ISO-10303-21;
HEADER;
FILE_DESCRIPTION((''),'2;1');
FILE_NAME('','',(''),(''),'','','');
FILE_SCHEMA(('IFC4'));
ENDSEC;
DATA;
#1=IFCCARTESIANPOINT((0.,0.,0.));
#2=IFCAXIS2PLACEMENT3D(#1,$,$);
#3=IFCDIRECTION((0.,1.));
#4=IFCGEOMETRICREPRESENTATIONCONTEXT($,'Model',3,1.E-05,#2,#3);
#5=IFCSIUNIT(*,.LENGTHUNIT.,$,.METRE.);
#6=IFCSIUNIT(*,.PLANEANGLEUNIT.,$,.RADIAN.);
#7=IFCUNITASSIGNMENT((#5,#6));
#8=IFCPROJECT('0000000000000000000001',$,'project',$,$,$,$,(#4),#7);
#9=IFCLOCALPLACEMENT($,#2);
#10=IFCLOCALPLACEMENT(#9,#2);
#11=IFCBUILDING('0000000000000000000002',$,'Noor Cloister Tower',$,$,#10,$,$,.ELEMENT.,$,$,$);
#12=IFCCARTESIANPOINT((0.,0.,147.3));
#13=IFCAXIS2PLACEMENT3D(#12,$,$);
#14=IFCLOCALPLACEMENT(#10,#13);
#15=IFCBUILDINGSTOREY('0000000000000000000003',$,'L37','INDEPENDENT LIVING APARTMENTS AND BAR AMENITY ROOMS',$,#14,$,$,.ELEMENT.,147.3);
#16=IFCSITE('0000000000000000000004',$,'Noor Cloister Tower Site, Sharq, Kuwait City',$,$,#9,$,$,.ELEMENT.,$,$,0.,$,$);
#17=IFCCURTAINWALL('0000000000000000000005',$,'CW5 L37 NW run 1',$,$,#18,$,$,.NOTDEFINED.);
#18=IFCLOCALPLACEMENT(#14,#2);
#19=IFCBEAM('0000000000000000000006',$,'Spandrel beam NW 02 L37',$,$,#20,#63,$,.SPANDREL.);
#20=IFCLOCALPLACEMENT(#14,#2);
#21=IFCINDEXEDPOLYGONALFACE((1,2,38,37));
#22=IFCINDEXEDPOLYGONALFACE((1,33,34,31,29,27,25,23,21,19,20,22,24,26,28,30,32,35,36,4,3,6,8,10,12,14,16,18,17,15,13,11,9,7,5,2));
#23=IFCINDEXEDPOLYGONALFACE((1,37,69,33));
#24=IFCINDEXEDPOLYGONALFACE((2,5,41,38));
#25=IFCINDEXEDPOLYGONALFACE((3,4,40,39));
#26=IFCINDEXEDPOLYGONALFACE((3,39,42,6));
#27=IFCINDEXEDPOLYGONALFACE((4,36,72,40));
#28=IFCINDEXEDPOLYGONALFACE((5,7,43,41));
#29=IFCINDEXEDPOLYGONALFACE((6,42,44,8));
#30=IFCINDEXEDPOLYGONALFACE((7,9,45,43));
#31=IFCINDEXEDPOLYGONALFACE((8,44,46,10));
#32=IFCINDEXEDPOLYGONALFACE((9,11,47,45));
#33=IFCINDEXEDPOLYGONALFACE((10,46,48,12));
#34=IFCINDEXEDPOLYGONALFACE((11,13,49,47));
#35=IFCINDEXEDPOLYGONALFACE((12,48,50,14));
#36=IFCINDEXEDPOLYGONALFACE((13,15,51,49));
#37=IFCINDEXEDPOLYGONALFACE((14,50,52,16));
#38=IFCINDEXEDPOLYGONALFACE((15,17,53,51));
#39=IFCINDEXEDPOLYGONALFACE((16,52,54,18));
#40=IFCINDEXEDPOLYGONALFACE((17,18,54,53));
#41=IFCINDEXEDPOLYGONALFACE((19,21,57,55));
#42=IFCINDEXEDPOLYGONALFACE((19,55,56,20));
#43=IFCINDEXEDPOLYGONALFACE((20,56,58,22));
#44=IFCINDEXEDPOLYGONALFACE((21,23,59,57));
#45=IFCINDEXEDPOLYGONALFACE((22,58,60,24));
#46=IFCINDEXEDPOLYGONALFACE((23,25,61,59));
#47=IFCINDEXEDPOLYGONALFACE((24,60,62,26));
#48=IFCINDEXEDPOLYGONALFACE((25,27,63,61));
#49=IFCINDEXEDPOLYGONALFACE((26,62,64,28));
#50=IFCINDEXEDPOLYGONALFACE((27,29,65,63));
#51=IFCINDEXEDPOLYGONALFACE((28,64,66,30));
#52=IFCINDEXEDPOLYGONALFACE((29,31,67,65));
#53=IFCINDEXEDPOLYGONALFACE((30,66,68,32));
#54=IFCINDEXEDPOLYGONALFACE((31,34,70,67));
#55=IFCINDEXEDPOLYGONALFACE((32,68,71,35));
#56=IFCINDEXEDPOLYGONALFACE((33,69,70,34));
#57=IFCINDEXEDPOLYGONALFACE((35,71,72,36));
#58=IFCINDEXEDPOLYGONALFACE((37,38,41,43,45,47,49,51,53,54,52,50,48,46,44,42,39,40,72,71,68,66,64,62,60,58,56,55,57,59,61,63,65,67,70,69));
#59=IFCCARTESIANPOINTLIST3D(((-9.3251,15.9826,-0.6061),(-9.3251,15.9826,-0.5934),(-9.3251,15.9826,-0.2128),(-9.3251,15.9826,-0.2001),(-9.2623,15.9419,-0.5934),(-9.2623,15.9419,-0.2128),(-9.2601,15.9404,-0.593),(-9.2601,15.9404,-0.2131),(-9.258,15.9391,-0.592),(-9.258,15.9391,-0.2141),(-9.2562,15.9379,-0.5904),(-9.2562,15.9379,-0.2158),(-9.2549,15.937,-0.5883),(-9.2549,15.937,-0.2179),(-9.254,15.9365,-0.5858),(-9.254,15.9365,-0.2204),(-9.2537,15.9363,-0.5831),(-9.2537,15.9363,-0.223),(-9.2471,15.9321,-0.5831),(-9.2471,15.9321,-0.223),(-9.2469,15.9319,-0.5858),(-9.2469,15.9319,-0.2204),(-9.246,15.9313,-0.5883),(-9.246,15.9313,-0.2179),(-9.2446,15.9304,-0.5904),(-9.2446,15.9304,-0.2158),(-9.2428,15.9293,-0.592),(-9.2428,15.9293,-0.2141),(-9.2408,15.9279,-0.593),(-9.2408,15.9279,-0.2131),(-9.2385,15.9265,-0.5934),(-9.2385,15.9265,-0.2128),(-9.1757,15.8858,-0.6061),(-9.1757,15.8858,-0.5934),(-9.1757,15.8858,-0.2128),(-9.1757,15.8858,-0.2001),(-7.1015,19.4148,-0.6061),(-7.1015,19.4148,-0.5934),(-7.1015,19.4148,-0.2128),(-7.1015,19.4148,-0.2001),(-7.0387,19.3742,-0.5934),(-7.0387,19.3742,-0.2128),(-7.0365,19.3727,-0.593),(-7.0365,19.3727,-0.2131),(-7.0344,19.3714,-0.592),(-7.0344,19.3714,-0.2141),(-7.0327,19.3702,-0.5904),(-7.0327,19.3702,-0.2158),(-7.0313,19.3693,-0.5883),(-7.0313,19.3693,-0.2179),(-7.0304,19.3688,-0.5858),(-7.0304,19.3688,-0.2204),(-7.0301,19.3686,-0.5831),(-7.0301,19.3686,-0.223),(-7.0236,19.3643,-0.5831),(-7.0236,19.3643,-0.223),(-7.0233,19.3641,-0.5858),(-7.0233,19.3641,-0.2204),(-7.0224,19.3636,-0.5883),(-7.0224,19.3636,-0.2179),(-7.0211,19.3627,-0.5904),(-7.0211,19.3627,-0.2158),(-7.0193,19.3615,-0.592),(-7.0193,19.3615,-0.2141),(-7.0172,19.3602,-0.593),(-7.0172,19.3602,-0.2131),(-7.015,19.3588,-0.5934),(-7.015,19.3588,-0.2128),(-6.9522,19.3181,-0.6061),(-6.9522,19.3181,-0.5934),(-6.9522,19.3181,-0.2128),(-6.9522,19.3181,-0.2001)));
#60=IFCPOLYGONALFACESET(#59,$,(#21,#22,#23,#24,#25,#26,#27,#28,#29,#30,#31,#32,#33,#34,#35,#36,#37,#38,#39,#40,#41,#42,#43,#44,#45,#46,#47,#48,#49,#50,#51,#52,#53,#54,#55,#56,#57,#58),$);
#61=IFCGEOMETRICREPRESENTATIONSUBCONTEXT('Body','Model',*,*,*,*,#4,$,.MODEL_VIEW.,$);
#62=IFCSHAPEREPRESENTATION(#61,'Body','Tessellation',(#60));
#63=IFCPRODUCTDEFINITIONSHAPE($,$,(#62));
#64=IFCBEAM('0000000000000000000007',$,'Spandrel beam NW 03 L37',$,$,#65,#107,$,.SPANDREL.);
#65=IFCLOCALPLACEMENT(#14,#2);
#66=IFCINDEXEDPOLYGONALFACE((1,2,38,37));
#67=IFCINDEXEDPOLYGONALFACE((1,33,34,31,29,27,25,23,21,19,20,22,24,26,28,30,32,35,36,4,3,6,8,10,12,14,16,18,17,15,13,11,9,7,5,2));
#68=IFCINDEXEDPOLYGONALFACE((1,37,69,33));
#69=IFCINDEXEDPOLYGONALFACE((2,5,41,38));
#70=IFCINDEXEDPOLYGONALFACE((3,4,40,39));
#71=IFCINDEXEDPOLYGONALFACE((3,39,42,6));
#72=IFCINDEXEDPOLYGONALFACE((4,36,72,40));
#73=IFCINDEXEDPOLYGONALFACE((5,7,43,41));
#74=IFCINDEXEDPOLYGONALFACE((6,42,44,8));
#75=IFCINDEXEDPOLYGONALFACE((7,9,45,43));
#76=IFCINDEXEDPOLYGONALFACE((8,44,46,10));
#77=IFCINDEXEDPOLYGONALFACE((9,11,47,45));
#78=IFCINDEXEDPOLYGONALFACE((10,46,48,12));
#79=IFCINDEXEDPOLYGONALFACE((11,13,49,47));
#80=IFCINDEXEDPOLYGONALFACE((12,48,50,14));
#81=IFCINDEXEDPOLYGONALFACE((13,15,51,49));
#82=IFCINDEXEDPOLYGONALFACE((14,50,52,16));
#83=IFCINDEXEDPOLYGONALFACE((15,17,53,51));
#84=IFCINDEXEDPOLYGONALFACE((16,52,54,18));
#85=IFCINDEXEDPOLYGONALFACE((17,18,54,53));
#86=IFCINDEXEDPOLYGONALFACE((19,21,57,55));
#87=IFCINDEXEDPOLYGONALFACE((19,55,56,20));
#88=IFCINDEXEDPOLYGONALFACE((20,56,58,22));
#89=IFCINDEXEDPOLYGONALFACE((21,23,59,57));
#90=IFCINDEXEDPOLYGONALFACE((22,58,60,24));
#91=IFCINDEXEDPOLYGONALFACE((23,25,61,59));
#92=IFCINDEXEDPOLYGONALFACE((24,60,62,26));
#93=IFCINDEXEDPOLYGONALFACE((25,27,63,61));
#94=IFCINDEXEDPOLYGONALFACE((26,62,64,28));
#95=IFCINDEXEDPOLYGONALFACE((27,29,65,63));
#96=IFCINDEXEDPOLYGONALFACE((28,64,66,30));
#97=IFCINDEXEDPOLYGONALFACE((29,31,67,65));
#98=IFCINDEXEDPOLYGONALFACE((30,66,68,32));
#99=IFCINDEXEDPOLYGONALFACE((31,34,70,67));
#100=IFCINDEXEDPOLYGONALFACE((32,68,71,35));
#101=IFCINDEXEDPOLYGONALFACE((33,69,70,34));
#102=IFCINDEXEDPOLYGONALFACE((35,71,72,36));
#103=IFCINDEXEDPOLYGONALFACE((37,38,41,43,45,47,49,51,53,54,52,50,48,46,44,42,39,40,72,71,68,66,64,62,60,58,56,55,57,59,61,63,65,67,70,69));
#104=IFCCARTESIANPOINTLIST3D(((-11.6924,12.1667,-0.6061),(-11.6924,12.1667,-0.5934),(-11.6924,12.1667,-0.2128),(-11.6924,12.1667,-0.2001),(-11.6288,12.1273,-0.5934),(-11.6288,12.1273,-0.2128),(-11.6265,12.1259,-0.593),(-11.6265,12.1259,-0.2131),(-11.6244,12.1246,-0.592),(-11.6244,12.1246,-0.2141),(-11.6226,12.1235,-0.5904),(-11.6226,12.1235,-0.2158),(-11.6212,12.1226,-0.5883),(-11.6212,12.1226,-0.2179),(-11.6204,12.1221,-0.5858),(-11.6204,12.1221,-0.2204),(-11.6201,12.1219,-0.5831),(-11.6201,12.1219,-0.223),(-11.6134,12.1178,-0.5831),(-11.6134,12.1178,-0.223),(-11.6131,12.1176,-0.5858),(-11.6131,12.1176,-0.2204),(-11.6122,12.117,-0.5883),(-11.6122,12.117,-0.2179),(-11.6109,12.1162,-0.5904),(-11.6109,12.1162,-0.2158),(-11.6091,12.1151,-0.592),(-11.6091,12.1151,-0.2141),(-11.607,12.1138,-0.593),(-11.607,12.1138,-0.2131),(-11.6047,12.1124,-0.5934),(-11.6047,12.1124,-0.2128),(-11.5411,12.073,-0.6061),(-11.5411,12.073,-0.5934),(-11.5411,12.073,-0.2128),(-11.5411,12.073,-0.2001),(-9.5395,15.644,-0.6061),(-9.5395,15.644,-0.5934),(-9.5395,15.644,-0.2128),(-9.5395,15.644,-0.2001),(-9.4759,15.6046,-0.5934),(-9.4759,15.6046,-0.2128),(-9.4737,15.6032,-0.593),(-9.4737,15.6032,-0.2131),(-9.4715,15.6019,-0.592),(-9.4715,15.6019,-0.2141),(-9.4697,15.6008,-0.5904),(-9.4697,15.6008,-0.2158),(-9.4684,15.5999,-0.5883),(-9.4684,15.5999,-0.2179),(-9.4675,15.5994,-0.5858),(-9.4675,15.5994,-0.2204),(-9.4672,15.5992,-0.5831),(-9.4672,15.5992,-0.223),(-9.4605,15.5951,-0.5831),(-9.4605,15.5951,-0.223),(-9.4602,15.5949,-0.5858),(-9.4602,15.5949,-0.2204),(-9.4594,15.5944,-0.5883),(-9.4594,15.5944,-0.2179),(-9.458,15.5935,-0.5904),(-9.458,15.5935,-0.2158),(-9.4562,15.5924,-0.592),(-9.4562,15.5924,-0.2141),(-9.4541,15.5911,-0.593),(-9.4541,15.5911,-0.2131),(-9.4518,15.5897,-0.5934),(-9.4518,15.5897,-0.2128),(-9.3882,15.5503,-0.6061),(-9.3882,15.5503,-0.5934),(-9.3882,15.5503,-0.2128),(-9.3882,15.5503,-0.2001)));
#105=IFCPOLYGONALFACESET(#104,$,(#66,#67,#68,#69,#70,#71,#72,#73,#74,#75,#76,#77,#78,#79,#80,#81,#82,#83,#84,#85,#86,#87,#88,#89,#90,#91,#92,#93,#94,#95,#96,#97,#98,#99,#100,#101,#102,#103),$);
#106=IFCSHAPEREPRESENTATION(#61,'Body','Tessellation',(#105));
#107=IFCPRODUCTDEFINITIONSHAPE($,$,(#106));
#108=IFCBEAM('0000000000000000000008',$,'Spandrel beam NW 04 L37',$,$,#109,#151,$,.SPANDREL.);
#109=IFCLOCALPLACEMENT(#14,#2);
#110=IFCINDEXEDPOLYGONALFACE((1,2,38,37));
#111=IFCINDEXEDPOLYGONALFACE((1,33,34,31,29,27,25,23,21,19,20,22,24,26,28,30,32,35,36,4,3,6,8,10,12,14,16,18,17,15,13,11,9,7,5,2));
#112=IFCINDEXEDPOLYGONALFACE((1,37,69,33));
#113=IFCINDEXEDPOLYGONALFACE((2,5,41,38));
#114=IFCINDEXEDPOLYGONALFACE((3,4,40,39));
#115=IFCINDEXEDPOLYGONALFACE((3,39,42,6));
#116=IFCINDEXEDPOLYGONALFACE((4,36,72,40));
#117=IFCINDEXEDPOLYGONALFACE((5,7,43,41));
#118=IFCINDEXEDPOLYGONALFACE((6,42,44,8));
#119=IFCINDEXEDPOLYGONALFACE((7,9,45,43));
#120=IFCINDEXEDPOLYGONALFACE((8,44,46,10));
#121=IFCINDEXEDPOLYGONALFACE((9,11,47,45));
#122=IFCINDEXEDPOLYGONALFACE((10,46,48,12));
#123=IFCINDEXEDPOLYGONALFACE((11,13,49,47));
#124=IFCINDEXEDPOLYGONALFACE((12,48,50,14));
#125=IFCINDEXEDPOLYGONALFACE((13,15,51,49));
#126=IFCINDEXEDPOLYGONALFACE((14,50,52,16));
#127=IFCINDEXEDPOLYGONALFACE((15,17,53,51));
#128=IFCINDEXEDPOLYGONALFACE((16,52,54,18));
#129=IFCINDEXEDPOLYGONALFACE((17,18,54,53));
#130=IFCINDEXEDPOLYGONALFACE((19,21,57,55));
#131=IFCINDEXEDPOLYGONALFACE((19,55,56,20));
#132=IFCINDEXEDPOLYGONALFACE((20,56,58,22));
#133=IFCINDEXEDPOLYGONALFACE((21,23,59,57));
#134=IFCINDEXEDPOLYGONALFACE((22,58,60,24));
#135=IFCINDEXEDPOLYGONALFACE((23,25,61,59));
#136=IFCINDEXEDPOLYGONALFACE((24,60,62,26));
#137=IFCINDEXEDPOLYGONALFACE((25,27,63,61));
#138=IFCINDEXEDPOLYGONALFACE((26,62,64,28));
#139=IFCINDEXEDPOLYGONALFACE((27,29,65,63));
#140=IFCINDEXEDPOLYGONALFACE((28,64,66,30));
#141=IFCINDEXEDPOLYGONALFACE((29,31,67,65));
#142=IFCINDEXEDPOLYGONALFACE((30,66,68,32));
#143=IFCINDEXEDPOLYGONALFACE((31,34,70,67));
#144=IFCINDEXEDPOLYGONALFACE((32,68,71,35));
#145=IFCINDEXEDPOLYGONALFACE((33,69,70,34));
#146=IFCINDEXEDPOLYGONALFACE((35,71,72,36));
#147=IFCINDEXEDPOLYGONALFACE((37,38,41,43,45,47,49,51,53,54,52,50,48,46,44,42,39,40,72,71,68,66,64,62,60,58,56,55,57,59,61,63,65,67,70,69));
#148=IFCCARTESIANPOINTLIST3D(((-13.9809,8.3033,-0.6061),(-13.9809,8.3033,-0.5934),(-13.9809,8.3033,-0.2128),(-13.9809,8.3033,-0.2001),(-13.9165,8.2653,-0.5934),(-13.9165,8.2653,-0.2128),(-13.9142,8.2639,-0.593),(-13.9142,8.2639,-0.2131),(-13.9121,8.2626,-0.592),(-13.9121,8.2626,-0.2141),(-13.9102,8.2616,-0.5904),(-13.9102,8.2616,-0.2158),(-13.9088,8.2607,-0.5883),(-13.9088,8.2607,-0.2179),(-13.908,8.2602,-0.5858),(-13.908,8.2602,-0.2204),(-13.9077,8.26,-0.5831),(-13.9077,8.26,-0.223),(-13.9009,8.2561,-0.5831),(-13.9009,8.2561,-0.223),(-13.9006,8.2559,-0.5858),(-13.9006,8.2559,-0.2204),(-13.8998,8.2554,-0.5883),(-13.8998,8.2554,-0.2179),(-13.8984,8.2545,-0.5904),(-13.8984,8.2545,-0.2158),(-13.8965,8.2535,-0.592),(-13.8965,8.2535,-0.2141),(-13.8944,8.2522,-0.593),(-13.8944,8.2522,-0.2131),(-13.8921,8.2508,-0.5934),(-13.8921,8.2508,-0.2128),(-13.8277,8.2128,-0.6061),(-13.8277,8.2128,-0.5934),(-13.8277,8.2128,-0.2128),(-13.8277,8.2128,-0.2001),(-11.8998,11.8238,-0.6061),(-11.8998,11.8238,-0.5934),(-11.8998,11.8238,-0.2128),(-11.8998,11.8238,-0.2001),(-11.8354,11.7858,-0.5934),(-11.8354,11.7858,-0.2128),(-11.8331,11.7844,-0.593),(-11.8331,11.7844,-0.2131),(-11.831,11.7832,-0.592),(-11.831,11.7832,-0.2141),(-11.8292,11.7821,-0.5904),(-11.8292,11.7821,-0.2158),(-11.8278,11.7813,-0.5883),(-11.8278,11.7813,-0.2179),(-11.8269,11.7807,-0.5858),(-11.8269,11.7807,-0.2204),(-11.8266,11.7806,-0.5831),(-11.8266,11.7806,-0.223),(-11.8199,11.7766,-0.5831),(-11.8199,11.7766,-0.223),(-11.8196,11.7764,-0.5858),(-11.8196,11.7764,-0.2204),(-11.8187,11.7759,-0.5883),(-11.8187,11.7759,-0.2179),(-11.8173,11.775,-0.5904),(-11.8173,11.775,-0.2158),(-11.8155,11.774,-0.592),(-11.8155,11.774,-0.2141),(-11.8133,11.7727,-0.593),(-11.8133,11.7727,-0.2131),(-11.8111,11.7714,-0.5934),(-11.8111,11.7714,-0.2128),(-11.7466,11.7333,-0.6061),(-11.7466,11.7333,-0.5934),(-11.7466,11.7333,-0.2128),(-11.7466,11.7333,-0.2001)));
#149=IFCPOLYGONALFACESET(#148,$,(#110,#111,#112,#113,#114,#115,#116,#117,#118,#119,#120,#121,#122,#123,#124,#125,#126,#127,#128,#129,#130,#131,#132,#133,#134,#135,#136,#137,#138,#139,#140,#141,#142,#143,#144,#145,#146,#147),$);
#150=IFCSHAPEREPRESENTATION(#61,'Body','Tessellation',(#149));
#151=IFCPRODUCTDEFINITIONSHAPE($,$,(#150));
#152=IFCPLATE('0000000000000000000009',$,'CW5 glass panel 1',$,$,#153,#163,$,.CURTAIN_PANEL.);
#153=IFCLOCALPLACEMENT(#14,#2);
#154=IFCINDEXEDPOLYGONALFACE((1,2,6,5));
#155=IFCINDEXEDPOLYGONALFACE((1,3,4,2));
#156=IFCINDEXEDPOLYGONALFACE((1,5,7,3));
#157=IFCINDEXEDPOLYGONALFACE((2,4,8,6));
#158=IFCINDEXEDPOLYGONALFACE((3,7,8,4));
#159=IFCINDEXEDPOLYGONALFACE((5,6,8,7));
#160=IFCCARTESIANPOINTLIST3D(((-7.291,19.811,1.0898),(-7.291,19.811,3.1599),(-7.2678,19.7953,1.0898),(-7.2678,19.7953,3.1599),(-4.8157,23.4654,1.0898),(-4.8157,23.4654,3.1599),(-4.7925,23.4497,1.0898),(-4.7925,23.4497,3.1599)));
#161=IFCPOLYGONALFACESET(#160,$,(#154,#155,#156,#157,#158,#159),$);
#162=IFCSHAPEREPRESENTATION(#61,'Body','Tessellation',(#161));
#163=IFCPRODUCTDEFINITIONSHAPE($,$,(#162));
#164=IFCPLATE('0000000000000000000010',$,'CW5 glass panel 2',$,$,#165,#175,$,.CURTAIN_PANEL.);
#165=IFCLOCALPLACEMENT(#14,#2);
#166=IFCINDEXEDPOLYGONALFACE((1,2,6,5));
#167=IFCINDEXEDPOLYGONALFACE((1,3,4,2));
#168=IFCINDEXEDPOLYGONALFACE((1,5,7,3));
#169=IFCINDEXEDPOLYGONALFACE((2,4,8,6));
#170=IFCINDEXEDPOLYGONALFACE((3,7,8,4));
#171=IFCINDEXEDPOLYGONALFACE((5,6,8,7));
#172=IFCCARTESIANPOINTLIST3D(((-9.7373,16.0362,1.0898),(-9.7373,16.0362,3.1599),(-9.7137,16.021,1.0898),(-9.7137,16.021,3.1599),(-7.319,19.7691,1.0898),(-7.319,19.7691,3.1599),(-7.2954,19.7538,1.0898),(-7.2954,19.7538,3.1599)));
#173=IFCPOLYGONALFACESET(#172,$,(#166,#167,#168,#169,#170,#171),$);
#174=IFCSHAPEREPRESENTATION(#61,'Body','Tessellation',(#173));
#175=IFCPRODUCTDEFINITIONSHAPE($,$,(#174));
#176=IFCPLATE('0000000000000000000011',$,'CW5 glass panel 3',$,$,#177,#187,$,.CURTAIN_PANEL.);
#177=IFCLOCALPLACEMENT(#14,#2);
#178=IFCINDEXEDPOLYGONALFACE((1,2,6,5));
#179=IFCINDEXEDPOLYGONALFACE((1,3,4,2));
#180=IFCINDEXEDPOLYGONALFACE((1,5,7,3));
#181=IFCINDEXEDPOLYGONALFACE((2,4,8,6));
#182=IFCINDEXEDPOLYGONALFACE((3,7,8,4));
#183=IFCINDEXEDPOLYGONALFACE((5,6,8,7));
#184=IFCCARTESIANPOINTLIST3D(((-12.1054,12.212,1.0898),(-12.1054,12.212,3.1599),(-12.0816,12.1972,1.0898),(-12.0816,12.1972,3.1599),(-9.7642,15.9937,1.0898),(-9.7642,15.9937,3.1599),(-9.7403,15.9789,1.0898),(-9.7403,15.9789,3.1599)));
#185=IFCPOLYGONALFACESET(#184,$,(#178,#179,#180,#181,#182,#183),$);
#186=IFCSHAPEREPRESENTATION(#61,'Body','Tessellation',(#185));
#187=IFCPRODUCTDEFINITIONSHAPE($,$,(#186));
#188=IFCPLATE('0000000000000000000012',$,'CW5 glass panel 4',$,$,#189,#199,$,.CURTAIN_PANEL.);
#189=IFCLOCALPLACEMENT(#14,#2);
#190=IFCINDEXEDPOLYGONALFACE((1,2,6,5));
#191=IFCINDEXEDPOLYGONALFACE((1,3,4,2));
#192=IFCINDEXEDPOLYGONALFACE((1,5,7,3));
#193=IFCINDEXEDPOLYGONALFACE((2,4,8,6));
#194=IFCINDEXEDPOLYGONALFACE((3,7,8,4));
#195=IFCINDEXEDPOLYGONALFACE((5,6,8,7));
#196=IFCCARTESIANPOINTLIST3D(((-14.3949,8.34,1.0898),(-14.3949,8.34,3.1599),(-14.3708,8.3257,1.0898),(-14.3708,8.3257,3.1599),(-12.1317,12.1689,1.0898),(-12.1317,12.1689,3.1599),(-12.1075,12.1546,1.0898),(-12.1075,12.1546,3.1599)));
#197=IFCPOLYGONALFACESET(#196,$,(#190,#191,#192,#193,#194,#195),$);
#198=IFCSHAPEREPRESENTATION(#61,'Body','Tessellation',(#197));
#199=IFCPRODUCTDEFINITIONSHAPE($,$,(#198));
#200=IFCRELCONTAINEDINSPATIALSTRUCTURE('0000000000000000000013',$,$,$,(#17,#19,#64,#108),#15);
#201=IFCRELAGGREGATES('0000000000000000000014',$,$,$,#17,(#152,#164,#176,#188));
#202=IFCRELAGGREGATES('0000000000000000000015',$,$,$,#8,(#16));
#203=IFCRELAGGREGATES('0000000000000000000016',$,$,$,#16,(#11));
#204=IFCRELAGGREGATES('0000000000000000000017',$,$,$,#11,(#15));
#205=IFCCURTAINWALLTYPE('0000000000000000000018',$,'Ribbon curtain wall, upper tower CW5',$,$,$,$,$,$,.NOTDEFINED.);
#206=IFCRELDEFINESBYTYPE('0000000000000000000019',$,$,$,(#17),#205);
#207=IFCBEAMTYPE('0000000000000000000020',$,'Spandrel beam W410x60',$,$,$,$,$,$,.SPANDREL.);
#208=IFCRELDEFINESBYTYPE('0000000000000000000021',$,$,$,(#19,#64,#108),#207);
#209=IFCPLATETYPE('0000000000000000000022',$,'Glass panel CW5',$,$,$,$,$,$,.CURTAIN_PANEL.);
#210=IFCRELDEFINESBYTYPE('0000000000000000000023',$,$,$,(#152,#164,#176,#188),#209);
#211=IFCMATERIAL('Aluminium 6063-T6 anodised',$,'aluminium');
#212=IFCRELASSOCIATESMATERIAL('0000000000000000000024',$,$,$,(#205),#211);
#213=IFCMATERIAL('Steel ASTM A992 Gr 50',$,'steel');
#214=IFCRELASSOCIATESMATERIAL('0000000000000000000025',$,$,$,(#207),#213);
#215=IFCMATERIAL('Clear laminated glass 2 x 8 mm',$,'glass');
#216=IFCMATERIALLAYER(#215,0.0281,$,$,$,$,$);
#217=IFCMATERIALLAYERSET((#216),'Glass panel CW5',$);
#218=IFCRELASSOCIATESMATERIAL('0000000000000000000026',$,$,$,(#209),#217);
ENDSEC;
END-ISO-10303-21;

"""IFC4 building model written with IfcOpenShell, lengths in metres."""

from ifc_helpers import new_model, si_unit, direction, frame, origin, origin_2d, place, context, subcontext, project, spatial, rectangle, i_section, extrude, material, layer, layer_set, material_profile, profile_set, type_object, element, aggregate, save


model = new_model("IFC4")

# Units and contexts
model_context = context("Model", 3, precision=1e-05, world=origin(), true_north=direction((0.0, 1.0)))
body_context = subcontext(model_context, "Body", "Model", "MODEL_VIEW")
ifc_project = project(units=[si_unit("LENGTHUNIT", "METRE"), si_unit("PLANEANGLEUNIT", "RADIAN")], contexts=[model_context])

# Site, building, storey
site_placement = place(None, origin())
site = spatial("IfcSite", under=ifc_project, at=site_placement, Name="Noor Cloister Tower Site, Sharq, Kuwait City", CompositionType="ELEMENT", RefElevation=0.0)
building_placement = place(site_placement, origin())
building = spatial("IfcBuilding", under=site, at=building_placement, Name="Noor Cloister Tower", CompositionType="ELEMENT")
storey_placement = place(building_placement, frame((0.0, 0.0, 147.3)))
storey = spatial("IfcBuildingStorey", under=building, at=storey_placement, Name="L37", Description="INDEPENDENT LIVING APARTMENTS AND BAR AMENITY ROOMS", CompositionType="ELEMENT", Elevation=147.3)

# Curtain wall
ifc_material_1 = material(Name="Aluminium 6063-T6 anodised", Category="aluminium")
curtain_wall_type = type_object("IfcCurtainWallType", Name="Ribbon curtain wall, upper tower CW5", PredefinedType="NOTDEFINED", material=ifc_material_1)
curtain_wall_placement = place(storey_placement, origin())
curtain_wall = element("IfcCurtainWall", 1, at=curtain_wall_placement, inside=storey, type_object=curtain_wall_type, Name="CW5 L37 NW run 1", PredefinedType="NOTDEFINED")

# Beams
ifc_material_2 = material(Name="Steel ASTM A992 Gr 50", Category="steel")
ifc_material_profile_1 = material_profile(ifc_material_2, i_section(OverallWidth=0.178, OverallDepth=0.406, WebThickness=0.0078, FlangeThickness=0.0127, FilletRadius=0.0103, at=origin_2d()), Name="W410x60")
ifc_profile_set_1 = profile_set([ifc_material_profile_1], Name="Steel ASTM A992 Gr 50")
beam_type_1 = type_object("IfcBeamType", Name="Spandrel beam W410x60", PredefinedType="SPANDREL", material=ifc_profile_set_1)
beam_1_placement = place(storey_placement, frame((-7.0269, 19.3665, -0.4031), z_axis=(-0.543714, -0.839271, 0.0), x_axis=(0.839271, -0.543714, 0.0)))
element("IfcBeam", 2, at=beam_1_placement, inside=storey, type_object=beam_type_1, Name="Spandrel beam NW 02 L37", PredefinedType="SPANDREL", context=body_context, shape_type="SweptSolid", body=[
    extrude(i_section(OverallWidth=0.178, OverallDepth=0.406, WebThickness=0.0078, FlangeThickness=0.0127, FilletRadius=0.0103, at=origin_2d()), origin(), (0.0, 0.0, 1.0), 4.0896),
])
beam_2_placement = place(storey_placement, frame((-9.4639, 15.5972, -0.4031), z_axis=(-0.526394, -0.850241, 0.0), x_axis=(0.850241, -0.526394, 0.0)))
element("IfcBeam", 3, at=beam_2_placement, inside=storey, type_object=beam_type_1, Name="Spandrel beam NW 03 L37", PredefinedType="SPANDREL", context=body_context, shape_type="SweptSolid", body=[
    extrude(i_section(OverallWidth=0.178, OverallDepth=0.406, WebThickness=0.0078, FlangeThickness=0.0127, FilletRadius=0.0103, at=origin_2d()), origin(), (0.0, 0.0, 1.0), 4.0898),
])
beam_3_placement = place(storey_placement, frame((-11.8232, 11.7786, -0.4031), z_axis=(-0.508866, -0.860846, 0.0), x_axis=(0.860846, -0.508866, 0.0)))
element("IfcBeam", 4, at=beam_3_placement, inside=storey, type_object=beam_type_1, Name="Spandrel beam NW 04 L37", PredefinedType="SPANDREL", context=body_context, shape_type="SweptSolid", body=[
    extrude(i_section(OverallWidth=0.178, OverallDepth=0.406, WebThickness=0.0078, FlangeThickness=0.0127, FilletRadius=0.0103, at=origin_2d()), origin(), (0.0, 0.0, 1.0), 4.0896),
])

# Plates
ifc_material_3 = material(Name="Clear laminated glass 2 x 8 mm", Category="glass")
ifc_layer_1 = layer(ifc_material_3, 0.0281)
ifc_layer_set_1 = layer_set([ifc_layer_1], Name="Glass panel CW5")
plate_type = type_object("IfcPlateType", Name="Glass panel CW5", PredefinedType="CURTAIN_PANEL", material=ifc_layer_set_1)
plate_1_placement = place(storey_placement, frame((-6.0417, 21.6304, 1.0898), z_axis=(0.0, 0.0, 1.0), x_axis=(-0.560807, -0.827946, 0.0)))
plate_1 = element("IfcPlate", 5, at=plate_1_placement, type_object=plate_type, Name="CW5 glass panel 1", PredefinedType="CURTAIN_PANEL", context=body_context, shape_type="SweptSolid", body=[
    extrude(rectangle(XDim=4.4138, YDim=0.0281, at=origin_2d()), origin(), (0.0, 0.0, 1.0), 2.0701),
])
plate_2_placement = place(storey_placement, frame((-8.5164, 17.895, 1.0898), z_axis=(0.0, 0.0, 1.0), x_axis=(-0.543715, -0.83927, 0.0)))
plate_2 = element("IfcPlate", 6, at=plate_2_placement, type_object=plate_type, Name="CW5 glass panel 2", PredefinedType="CURTAIN_PANEL", context=body_context, shape_type="SweptSolid", body=[
    extrude(rectangle(XDim=4.4478, YDim=0.0281, at=origin_2d()), origin(), (0.0, 0.0, 1.0), 2.0701),
])
plate_3_placement = place(storey_placement, frame((-10.9229, 14.0955, 1.0898), z_axis=(0.0, 0.0, 1.0), x_axis=(-0.526394, -0.850241, 0.0)))
plate_3 = element("IfcPlate", 7, at=plate_3_placement, type_object=plate_type, Name="CW5 glass panel 3", PredefinedType="CURTAIN_PANEL", context=body_context, shape_type="SweptSolid", body=[
    extrude(rectangle(XDim=4.4478, YDim=0.0281, at=origin_2d()), origin(), (0.0, 0.0, 1.0), 2.0701),
])
plate_4_placement = place(storey_placement, frame((-13.2512, 10.2473, 1.0898), z_axis=(0.0, 0.0, 1.0), x_axis=(-0.508852, -0.860854, 0.0)))
plate_4 = element("IfcPlate", 8, at=plate_4_placement, type_object=plate_type, Name="CW5 glass panel 4", PredefinedType="CURTAIN_PANEL", context=body_context, shape_type="SweptSolid", body=[
    extrude(rectangle(XDim=4.4478, YDim=0.0281, at=origin_2d()), origin(), (0.0, 0.0, 1.0), 2.0701),
])
aggregate(curtain_wall, [plate_1, plate_2, plate_3, plate_4])

save(model, "model.ifc")
